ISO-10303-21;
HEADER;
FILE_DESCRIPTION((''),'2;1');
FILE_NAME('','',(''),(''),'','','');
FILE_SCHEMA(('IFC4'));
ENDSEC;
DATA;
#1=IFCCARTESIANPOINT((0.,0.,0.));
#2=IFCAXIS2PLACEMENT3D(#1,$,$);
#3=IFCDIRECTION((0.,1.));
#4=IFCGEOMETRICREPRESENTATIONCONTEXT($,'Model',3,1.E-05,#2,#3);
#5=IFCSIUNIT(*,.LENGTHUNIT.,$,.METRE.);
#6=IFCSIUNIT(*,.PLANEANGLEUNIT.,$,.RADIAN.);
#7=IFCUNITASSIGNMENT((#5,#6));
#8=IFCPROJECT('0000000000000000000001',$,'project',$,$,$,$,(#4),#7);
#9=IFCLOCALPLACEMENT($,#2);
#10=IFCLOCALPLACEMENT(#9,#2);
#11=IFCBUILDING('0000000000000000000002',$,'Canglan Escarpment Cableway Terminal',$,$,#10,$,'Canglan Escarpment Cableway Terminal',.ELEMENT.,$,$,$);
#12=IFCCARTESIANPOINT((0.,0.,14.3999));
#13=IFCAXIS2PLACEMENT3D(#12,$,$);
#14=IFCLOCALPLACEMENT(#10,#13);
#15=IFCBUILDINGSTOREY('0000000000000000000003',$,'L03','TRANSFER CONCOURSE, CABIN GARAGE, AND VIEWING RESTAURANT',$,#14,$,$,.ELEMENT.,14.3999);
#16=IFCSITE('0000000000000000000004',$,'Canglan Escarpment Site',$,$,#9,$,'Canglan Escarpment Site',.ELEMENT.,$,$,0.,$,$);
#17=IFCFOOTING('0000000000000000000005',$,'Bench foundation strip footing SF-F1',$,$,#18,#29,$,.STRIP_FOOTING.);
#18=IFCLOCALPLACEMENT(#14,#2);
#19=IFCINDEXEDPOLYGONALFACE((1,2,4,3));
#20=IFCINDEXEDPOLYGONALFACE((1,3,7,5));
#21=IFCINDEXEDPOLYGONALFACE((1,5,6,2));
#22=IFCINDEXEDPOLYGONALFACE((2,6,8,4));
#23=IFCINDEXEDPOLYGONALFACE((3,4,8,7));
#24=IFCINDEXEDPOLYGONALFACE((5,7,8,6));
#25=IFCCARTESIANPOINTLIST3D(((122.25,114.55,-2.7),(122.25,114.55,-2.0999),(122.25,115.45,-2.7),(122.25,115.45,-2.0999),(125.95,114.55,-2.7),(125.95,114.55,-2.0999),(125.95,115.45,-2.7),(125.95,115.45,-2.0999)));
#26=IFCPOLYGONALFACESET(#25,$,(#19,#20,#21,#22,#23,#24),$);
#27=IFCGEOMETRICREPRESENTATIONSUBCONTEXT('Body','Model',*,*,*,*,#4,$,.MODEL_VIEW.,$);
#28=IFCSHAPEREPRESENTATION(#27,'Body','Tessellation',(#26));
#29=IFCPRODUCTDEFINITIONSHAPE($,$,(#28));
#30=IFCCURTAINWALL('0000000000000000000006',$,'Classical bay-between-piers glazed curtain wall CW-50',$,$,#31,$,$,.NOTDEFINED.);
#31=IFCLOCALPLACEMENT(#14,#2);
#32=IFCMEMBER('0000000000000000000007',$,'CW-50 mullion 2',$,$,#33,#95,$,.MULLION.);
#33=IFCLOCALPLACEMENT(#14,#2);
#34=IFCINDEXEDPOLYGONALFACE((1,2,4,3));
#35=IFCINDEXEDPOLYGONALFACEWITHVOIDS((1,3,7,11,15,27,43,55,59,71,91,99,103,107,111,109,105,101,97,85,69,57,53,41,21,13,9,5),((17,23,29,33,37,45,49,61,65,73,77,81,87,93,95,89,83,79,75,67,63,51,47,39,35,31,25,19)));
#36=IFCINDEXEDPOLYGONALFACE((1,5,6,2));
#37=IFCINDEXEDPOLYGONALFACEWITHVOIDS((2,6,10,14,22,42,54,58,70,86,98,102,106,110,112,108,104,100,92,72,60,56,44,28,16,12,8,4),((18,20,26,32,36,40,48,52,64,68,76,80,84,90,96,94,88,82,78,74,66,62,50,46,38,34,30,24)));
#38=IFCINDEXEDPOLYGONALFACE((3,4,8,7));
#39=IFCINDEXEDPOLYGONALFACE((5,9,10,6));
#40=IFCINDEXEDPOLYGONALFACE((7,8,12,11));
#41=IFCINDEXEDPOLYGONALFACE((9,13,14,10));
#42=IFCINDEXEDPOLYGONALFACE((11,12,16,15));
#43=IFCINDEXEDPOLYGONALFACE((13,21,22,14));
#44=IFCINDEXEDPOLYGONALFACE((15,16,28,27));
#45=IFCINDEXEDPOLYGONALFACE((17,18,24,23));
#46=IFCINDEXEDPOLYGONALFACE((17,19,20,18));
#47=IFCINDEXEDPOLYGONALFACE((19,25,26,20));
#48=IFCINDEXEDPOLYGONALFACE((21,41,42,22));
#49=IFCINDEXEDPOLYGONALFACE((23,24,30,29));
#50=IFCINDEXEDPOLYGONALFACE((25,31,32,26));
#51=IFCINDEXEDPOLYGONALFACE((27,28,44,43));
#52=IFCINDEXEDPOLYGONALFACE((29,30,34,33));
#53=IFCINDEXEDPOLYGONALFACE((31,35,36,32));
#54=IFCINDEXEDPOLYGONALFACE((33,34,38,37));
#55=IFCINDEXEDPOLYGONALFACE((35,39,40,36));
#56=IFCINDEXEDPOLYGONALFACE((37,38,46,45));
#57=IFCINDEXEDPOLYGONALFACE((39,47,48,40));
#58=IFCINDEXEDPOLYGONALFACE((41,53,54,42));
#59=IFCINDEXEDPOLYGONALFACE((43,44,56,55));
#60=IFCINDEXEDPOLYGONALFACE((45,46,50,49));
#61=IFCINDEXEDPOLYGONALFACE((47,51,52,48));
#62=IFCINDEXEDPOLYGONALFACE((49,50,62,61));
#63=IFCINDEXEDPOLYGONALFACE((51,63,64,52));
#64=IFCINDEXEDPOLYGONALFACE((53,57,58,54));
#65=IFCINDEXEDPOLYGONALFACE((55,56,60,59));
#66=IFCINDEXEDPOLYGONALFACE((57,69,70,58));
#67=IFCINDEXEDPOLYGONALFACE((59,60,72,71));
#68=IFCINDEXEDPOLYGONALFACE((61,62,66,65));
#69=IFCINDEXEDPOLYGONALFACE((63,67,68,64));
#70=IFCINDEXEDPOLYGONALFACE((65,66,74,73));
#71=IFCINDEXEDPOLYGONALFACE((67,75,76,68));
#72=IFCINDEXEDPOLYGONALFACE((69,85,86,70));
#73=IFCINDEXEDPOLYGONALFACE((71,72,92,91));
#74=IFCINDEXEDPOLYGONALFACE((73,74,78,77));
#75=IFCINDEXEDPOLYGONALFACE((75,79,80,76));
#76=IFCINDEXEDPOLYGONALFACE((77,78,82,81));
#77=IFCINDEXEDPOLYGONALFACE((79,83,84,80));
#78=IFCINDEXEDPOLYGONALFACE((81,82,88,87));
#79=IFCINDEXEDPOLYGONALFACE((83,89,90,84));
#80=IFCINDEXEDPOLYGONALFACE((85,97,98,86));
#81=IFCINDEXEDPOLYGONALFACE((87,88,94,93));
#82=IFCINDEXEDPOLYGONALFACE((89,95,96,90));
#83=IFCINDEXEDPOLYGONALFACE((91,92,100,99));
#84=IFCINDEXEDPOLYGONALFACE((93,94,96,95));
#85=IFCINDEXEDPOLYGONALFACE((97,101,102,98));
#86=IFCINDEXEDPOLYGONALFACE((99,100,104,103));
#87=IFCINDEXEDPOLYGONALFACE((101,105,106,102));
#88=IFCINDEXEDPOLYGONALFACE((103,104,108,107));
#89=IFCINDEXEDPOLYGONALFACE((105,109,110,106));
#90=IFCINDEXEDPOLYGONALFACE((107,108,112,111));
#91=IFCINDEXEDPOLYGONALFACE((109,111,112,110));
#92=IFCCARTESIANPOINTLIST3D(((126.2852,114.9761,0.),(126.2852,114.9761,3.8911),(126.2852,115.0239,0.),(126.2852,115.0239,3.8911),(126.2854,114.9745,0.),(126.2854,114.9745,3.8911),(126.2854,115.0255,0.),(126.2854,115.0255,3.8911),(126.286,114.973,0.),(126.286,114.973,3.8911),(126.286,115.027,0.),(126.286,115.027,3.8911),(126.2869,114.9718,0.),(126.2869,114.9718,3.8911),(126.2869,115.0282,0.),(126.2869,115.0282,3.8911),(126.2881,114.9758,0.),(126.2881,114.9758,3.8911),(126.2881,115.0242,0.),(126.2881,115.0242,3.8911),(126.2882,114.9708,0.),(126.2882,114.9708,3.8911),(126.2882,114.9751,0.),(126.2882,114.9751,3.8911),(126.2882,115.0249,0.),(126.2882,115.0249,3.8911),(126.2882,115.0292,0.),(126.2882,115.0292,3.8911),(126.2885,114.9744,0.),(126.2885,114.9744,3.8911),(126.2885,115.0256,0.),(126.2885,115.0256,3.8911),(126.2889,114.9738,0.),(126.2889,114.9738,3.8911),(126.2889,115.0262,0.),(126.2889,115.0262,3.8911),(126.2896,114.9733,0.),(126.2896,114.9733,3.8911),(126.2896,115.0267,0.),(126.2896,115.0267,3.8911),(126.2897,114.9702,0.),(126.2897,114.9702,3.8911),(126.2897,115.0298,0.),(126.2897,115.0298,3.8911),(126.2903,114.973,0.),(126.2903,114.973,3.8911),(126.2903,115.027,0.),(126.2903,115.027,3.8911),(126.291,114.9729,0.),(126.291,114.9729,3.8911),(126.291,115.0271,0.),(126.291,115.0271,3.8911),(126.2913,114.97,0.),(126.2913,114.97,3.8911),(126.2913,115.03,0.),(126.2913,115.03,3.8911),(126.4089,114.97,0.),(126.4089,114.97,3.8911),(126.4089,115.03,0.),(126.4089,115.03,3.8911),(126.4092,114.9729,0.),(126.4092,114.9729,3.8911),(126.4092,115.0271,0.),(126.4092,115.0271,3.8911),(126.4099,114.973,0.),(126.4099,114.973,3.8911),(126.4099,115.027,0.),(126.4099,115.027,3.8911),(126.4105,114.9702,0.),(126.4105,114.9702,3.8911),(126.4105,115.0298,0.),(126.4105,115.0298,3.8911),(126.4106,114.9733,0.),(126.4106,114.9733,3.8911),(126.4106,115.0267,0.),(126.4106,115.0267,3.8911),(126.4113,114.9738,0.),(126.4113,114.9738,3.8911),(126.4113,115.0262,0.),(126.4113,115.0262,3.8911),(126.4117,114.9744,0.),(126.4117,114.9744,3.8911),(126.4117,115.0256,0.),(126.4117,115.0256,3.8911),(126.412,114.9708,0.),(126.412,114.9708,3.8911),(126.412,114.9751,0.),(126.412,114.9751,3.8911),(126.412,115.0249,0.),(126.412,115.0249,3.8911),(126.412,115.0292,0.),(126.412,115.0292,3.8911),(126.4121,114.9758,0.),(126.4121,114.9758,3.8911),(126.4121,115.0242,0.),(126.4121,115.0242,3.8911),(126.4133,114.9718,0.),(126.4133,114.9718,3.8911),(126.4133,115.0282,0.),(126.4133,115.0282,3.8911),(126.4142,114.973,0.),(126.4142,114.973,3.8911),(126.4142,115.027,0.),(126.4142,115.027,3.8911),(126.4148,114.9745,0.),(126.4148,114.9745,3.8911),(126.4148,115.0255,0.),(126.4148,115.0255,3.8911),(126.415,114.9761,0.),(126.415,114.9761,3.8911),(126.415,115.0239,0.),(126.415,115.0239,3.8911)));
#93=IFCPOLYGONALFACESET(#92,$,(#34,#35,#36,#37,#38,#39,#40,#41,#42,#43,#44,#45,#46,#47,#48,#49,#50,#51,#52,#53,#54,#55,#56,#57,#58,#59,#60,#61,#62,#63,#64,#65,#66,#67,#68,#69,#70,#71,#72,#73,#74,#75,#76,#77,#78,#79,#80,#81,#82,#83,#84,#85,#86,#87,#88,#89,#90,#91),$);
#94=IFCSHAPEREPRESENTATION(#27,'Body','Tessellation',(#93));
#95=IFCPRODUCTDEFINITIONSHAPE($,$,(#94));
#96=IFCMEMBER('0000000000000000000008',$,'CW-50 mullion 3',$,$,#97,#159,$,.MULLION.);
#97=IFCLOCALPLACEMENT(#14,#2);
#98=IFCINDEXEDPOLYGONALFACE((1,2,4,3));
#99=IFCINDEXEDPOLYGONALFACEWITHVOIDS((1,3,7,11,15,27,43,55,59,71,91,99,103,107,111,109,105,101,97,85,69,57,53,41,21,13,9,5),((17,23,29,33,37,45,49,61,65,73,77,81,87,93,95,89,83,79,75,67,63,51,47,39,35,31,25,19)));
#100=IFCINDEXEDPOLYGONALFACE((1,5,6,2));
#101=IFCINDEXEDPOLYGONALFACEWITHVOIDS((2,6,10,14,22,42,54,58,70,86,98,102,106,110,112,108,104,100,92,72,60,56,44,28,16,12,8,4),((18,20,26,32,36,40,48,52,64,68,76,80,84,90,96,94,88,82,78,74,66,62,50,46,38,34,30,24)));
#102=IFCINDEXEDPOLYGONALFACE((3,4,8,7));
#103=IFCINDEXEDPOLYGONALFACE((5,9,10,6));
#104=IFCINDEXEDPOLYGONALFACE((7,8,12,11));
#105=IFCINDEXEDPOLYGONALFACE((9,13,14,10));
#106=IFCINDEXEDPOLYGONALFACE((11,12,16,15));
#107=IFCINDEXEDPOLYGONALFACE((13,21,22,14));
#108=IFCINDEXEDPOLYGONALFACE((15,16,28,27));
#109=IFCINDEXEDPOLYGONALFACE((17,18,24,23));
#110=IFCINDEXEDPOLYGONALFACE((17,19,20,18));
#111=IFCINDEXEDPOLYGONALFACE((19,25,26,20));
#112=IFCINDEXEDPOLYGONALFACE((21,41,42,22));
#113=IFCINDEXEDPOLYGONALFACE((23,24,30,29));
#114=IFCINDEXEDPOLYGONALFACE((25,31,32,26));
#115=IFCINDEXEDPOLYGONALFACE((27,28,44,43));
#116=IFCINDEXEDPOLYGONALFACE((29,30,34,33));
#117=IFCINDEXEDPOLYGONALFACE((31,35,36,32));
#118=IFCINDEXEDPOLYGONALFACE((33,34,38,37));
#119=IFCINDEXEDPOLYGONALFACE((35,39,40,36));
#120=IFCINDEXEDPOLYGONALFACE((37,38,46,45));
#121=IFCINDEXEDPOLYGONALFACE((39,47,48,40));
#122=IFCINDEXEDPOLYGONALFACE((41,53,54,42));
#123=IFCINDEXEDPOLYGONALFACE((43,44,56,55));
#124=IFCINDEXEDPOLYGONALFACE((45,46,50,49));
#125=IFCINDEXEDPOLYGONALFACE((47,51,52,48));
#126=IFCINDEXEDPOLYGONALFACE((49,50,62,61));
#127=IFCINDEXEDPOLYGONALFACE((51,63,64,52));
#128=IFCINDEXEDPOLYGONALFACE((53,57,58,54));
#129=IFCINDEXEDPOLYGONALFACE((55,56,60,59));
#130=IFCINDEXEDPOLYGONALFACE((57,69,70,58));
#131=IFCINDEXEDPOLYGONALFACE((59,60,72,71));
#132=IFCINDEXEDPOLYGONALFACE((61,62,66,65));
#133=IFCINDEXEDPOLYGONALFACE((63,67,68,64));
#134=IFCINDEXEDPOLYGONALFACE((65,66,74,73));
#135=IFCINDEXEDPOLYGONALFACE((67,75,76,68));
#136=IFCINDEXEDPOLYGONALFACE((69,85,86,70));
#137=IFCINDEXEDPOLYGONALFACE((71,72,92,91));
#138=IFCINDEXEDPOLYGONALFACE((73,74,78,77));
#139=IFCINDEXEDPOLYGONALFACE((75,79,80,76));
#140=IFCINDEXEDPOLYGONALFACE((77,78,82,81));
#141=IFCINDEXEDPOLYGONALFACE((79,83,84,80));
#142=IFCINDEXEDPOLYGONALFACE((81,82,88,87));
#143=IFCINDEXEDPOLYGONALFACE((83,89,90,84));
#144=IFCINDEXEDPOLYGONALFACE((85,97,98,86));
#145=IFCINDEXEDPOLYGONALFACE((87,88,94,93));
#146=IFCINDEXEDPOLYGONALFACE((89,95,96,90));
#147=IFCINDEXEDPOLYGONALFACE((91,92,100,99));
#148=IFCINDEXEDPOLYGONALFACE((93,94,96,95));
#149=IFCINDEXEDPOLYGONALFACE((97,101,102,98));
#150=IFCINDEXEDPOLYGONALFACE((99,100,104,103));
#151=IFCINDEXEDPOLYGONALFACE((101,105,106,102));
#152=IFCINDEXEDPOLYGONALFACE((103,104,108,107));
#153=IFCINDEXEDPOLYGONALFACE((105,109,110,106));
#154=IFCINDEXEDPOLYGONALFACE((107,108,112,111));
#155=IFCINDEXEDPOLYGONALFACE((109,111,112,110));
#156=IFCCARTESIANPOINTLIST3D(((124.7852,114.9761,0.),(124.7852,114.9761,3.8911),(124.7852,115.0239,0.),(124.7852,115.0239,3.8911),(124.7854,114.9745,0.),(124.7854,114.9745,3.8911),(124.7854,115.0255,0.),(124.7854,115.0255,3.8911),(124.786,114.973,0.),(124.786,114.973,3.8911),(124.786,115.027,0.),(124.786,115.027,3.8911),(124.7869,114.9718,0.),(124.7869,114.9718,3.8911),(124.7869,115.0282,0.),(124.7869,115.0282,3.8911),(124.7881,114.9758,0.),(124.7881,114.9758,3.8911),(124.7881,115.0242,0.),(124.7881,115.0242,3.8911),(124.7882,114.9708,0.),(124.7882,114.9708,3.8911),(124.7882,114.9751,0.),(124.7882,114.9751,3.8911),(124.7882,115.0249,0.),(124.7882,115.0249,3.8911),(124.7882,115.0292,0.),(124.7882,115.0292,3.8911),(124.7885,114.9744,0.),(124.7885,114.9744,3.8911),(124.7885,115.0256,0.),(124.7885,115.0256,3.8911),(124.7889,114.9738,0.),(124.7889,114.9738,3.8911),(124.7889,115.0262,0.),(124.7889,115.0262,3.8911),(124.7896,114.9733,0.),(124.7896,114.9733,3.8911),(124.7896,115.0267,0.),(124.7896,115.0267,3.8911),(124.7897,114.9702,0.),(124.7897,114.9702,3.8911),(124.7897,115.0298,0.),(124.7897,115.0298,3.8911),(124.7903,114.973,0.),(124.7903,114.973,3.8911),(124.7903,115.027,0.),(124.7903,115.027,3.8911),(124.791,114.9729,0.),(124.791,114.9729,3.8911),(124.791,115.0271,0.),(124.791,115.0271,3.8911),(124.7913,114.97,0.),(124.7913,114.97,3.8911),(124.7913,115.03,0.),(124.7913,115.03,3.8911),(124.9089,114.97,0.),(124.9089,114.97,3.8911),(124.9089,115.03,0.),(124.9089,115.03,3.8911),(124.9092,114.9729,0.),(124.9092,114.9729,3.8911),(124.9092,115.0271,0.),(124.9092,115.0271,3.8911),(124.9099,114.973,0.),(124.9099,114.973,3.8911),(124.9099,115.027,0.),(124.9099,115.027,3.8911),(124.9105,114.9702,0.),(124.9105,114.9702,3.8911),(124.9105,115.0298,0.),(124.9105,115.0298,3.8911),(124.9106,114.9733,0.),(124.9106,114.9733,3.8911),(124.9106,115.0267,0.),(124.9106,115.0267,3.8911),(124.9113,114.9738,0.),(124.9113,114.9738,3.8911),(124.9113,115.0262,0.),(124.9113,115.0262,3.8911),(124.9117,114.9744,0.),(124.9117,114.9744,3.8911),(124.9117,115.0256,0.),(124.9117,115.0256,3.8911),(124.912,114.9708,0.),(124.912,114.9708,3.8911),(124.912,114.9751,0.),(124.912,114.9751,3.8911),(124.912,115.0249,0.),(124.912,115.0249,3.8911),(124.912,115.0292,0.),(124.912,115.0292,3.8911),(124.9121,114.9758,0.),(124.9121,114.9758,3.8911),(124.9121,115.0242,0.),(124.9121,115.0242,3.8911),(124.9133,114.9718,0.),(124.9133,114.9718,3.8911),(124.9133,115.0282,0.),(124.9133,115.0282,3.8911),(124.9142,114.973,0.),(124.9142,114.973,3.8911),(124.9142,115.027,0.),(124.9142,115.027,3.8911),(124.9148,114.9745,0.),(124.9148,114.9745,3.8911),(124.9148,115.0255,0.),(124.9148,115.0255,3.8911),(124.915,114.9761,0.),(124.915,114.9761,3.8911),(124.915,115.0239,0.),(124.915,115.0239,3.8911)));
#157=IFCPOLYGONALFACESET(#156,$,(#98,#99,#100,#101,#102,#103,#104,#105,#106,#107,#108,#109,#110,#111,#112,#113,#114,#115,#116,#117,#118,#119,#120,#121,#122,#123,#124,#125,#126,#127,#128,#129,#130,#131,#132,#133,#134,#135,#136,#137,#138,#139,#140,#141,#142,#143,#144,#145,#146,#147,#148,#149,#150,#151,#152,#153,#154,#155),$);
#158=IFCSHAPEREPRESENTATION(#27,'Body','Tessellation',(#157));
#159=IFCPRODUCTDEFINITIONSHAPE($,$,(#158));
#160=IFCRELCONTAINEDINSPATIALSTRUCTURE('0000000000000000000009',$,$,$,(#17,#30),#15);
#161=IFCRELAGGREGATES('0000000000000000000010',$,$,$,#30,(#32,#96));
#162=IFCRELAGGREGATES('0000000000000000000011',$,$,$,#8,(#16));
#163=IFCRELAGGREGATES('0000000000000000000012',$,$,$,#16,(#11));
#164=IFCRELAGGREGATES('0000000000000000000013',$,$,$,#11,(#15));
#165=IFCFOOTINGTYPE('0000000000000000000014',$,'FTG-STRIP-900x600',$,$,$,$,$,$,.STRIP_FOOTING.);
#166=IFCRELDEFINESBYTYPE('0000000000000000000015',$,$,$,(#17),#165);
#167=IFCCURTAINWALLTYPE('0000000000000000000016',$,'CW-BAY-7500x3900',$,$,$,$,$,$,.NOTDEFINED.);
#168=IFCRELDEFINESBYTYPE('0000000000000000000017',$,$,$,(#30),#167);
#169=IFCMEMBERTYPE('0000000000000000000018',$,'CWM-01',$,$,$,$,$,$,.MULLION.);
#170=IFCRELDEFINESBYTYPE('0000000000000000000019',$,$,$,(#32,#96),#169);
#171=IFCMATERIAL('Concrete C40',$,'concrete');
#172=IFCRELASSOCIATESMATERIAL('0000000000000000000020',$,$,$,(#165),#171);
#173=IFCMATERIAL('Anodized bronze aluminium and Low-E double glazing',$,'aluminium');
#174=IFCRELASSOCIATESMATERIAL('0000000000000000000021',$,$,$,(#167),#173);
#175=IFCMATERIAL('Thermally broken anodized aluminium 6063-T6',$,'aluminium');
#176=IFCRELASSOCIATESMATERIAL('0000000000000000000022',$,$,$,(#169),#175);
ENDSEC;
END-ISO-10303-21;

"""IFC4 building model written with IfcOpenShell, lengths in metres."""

from ifc_helpers import new_model, si_unit, direction, frame, origin, origin_2d, place, context, subcontext, project, spatial, rectangle, hollow_rectangle, extrude, material, material_profile, profile_set, type_object, element, aggregate, save


model = new_model("IFC4")

# Units and contexts
model_context = context("Model", 3, precision=1e-05, world=origin(), true_north=direction((0.0, 1.0)))
body_context = subcontext(model_context, "Body", "Model", "MODEL_VIEW")
ifc_project = project(units=[si_unit("LENGTHUNIT", "METRE"), si_unit("PLANEANGLEUNIT", "RADIAN")], contexts=[model_context])

# Site, building, storey
site_placement = place(None, origin())
site = spatial("IfcSite", under=ifc_project, at=site_placement, Name="Canglan Escarpment Site", LongName="Canglan Escarpment Site", CompositionType="ELEMENT", RefElevation=0.0)
building_placement = place(site_placement, origin())
building = spatial("IfcBuilding", under=site, at=building_placement, Name="Canglan Escarpment Cableway Terminal", LongName="Canglan Escarpment Cableway Terminal", CompositionType="ELEMENT")
storey_placement = place(building_placement, frame((0.0, 0.0, 14.3999)))
storey = spatial("IfcBuildingStorey", under=building, at=storey_placement, Name="L03", Description="TRANSFER CONCOURSE, CABIN GARAGE, AND VIEWING RESTAURANT", CompositionType="ELEMENT", Elevation=14.3999)

# Footing
ifc_material_1 = material(Name="Concrete C40", Category="concrete")
ifc_material_profile_1 = material_profile(ifc_material_1, rectangle(XDim=0.8999, YDim=0.6001, at=origin_2d()), Name="SF 900x600")
ifc_profile_set_1 = profile_set([ifc_material_profile_1], Name="Concrete C40")
footing_type = type_object("IfcFootingType", Name="FTG-STRIP-900x600", PredefinedType="STRIP_FOOTING", material=ifc_profile_set_1)
footing_placement = place(storey_placement, frame((122.25, 115.0, -2.3999), z_axis=(1.0, 0.0, 0.0), x_axis=(0.0, 1.0, 0.0)))
element("IfcFooting", 1, at=footing_placement, inside=storey, type_object=footing_type, Name="Bench foundation strip footing SF-F1", PredefinedType="STRIP_FOOTING", context=body_context, shape_type="SweptSolid", body=[
    extrude(rectangle(XDim=0.8999, YDim=0.6001, at=origin_2d()), origin(), (0.0, 0.0, 1.0), 3.7),
])

# Curtain wall, members
ifc_material_2 = material(Name="Anodized bronze aluminium and Low-E double glazing", Category="aluminium")
curtain_wall_type = type_object("IfcCurtainWallType", Name="CW-BAY-7500x3900", PredefinedType="NOTDEFINED", material=ifc_material_2)
curtain_wall_placement = place(storey_placement, origin())
curtain_wall = element("IfcCurtainWall", 2, at=curtain_wall_placement, inside=storey, type_object=curtain_wall_type, Name="Classical bay-between-piers glazed curtain wall CW-50", PredefinedType="NOTDEFINED")
ifc_material_3 = material(Name="Thermally broken anodized aluminium 6063-T6", Category="aluminium")
ifc_material_profile_2 = material_profile(ifc_material_3, hollow_rectangle(XDim=0.0601, YDim=0.1299, WallThickness=0.0029, InnerFilletRadius=0.0029, OuterFilletRadius=0.0061, at=origin_2d()), Name="ALU-MULL 60x130x3")
ifc_profile_set_2 = profile_set([ifc_material_profile_2], Name="Thermally broken anodized aluminium 6063-T6")
member_type_1 = type_object("IfcMemberType", Name="CWM-01", PredefinedType="MULLION", material=ifc_profile_set_2)
member_1_placement = place(storey_placement, frame((126.3501, 115.0, 0.0), z_axis=(0.0, 0.0, 1.0), x_axis=(0.0, -1.0, 0.0)))
member_1 = element("IfcMember", 3, at=member_1_placement, type_object=member_type_1, Name="CW-50 mullion 2", PredefinedType="MULLION", context=body_context, shape_type="SweptSolid", body=[
    extrude(hollow_rectangle(XDim=0.0601, YDim=0.1299, WallThickness=0.0029, InnerFilletRadius=0.0029, OuterFilletRadius=0.0061, at=origin_2d()), origin(), (0.0, 0.0, 1.0), 3.8911),
])
member_2_placement = place(storey_placement, frame((124.8501, 115.0, 0.0), z_axis=(0.0, 0.0, 1.0), x_axis=(0.0, -1.0, 0.0)))
member_2 = element("IfcMember", 4, at=member_2_placement, type_object=member_type_1, Name="CW-50 mullion 3", PredefinedType="MULLION", context=body_context, shape_type="SweptSolid", body=[
    extrude(hollow_rectangle(XDim=0.0601, YDim=0.1299, WallThickness=0.0029, InnerFilletRadius=0.0029, OuterFilletRadius=0.0061, at=origin_2d()), origin(), (0.0, 0.0, 1.0), 3.8911),
])
aggregate(curtain_wall, [member_1, member_2])

save(model, "model.ifc")
